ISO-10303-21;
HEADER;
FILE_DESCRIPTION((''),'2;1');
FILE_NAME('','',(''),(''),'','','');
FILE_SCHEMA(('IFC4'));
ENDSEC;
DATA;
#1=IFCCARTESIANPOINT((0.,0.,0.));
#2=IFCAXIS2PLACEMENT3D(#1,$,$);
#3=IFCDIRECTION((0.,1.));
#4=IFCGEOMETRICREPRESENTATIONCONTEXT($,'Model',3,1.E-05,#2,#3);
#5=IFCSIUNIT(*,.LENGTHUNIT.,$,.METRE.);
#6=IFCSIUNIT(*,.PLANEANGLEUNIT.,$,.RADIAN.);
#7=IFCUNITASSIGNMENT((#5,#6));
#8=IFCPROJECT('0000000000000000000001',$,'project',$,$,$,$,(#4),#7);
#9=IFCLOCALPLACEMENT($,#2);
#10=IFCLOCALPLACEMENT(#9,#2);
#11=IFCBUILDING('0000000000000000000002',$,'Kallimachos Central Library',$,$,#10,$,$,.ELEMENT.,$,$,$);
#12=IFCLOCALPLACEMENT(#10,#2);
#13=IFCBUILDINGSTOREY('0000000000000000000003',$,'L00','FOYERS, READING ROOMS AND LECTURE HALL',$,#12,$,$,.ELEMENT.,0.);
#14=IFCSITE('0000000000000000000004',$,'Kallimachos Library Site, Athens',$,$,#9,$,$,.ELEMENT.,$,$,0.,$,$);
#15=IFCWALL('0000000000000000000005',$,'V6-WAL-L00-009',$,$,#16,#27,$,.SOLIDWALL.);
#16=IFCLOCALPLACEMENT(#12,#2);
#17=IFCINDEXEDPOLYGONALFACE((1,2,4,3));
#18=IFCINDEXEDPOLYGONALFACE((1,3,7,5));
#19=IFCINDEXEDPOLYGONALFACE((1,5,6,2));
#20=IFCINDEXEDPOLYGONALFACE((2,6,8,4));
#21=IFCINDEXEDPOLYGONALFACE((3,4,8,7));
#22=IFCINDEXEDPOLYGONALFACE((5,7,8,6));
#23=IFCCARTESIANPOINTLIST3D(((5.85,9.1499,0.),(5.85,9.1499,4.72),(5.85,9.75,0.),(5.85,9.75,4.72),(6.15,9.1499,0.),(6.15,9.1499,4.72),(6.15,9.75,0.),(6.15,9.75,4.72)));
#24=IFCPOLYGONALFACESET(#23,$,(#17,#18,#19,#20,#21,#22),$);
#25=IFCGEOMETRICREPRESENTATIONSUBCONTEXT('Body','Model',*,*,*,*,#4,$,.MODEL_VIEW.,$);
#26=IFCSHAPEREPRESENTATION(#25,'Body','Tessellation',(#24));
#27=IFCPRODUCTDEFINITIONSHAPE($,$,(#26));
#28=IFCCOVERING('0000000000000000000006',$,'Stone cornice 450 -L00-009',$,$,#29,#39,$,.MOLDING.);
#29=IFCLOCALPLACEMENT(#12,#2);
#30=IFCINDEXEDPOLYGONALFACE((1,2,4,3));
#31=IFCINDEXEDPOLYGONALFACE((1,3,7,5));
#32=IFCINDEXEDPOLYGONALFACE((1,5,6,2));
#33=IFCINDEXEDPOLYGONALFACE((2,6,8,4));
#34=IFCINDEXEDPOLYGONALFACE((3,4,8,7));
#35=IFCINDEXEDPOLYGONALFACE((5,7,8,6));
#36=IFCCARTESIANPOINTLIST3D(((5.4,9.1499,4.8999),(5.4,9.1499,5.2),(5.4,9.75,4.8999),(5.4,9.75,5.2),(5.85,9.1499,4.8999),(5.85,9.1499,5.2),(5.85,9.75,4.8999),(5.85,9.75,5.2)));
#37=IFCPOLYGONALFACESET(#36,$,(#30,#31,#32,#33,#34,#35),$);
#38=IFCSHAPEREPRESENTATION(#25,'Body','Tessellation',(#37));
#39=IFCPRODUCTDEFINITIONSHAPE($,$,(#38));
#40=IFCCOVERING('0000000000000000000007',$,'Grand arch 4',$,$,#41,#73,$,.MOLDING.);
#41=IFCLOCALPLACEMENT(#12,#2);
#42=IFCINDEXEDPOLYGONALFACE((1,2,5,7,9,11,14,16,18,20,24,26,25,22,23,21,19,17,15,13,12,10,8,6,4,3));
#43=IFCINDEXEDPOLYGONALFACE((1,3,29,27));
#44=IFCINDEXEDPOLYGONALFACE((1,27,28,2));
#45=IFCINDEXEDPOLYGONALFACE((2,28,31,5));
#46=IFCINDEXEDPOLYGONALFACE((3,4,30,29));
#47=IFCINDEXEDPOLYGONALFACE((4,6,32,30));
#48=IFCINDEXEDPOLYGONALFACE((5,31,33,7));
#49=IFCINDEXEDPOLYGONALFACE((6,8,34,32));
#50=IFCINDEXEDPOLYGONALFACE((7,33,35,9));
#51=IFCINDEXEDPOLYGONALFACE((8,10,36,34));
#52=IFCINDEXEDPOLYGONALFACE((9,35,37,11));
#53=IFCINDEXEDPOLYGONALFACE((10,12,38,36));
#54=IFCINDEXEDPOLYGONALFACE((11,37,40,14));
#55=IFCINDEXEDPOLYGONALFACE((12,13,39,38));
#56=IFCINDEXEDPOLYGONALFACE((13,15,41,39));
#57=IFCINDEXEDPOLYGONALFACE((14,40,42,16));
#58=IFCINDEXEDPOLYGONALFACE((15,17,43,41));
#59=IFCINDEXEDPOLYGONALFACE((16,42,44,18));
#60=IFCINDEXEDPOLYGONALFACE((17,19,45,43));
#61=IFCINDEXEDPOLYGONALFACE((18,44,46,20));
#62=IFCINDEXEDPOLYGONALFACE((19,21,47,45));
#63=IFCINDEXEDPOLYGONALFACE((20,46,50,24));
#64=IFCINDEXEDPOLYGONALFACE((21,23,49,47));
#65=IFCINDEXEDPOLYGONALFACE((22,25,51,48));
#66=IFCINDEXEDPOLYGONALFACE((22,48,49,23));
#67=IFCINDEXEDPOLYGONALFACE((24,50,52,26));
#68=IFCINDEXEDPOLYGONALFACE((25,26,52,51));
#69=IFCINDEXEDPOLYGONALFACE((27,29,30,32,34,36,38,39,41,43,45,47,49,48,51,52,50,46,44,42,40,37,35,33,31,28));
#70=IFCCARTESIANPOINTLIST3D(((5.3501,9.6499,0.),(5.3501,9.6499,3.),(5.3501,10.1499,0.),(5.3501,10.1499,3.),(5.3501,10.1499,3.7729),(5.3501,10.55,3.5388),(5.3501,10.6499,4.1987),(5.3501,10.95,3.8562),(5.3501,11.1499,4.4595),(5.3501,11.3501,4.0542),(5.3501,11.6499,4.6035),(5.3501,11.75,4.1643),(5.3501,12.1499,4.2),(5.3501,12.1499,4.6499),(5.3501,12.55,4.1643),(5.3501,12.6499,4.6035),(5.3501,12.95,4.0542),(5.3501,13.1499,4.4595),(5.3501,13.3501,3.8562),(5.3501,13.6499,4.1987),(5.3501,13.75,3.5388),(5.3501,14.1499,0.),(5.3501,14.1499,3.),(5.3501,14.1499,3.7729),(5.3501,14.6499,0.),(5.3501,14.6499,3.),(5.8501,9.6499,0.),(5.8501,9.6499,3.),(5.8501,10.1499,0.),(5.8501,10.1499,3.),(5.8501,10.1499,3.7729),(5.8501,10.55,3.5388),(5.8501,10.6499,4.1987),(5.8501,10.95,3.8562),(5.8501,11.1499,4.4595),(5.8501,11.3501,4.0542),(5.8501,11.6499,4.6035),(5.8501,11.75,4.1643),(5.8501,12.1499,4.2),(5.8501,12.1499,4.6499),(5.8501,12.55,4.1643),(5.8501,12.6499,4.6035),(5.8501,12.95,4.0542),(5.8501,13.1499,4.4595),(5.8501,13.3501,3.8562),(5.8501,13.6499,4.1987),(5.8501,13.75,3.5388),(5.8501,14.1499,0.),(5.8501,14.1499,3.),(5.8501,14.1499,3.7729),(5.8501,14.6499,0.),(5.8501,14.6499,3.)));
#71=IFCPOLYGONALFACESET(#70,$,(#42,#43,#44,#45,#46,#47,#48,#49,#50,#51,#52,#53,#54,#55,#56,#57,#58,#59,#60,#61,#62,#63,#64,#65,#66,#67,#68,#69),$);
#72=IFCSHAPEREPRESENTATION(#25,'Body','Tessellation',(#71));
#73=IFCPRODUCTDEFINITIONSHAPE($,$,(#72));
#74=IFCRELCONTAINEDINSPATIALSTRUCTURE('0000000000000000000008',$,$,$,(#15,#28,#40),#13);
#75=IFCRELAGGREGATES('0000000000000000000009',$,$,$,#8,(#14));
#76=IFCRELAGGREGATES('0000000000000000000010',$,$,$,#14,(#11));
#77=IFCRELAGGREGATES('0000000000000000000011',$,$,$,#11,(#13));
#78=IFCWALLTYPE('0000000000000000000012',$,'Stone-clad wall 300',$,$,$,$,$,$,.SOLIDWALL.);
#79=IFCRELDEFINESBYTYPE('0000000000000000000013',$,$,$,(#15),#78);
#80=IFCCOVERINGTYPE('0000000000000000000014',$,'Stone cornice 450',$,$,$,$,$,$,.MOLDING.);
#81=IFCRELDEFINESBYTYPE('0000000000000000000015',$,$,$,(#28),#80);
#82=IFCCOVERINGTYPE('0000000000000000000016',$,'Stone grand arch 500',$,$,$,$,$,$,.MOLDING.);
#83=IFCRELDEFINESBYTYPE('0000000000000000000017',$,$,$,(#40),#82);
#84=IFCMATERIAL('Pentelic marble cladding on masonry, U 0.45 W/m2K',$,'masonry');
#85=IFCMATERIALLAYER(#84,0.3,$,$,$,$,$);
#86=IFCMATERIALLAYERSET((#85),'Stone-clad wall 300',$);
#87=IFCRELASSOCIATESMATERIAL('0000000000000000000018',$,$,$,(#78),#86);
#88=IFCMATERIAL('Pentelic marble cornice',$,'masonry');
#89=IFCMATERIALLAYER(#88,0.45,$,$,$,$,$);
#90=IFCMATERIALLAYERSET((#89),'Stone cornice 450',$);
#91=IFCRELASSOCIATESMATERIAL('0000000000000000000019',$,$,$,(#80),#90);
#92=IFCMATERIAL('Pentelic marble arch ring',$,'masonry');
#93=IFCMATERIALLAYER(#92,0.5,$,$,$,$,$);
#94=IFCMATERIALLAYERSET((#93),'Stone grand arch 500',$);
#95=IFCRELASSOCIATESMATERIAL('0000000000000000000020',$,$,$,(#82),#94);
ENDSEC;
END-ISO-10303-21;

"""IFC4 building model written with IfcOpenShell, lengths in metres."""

from ifc_helpers import new_model, si_unit, direction, frame, frame_2d, origin, origin_2d, place, context, subcontext, project, spatial, polyline, rectangle, outline, extrude, material, layer, layer_set, type_object, element, save


model = new_model("IFC4")

# Units and contexts
model_context = context("Model", 3, precision=1e-05, world=origin(), true_north=direction((0.0, 1.0)))
body_context = subcontext(model_context, "Body", "Model", "MODEL_VIEW")
ifc_project = project(units=[si_unit("LENGTHUNIT", "METRE"), si_unit("PLANEANGLEUNIT", "RADIAN")], contexts=[model_context])

# Site, building, storey
site_placement = place(None, origin())
site = spatial("IfcSite", under=ifc_project, at=site_placement, Name="Kallimachos Library Site, Athens", CompositionType="ELEMENT", RefElevation=0.0)
building_placement = place(site_placement, origin())
building = spatial("IfcBuilding", under=site, at=building_placement, Name="Kallimachos Central Library", CompositionType="ELEMENT")
storey_placement = place(building_placement, origin())
storey = spatial("IfcBuildingStorey", under=building, at=storey_placement, Name="L00", Description="FOYERS, READING ROOMS AND LECTURE HALL", CompositionType="ELEMENT", Elevation=0.0)

# Shared definitions
ifc_material_1 = material(Name="Pentelic marble cladding on masonry, U 0.45 W/m2K", Category="masonry")
ifc_layer_1 = layer(ifc_material_1, 0.3)
ifc_layer_set_1 = layer_set([ifc_layer_1], Name="Stone-clad wall 300")
wall_type = type_object("IfcWallType", Name="Stone-clad wall 300", PredefinedType="SOLIDWALL", material=ifc_layer_set_1)

# Wall
wall_1_placement = place(storey_placement, frame((6.0, 9.1499, 0.0), z_axis=(0.0, 0.0, 1.0), x_axis=(0.0, 1.0, 0.0)))
element("IfcWall", 1, at=wall_1_placement, inside=storey, type_object=wall_type, Name="V6-WAL-L00-009", PredefinedType="SOLIDWALL", context=body_context, shape_type="SweptSolid", body=[
    extrude(rectangle(XDim=0.6001, YDim=0.3, at=frame_2d((0.3, 0.0))), origin(), (0.0, 0.0, 1.0), 4.72),
])

# Coverings
ifc_material_2 = material(Name="Pentelic marble cornice", Category="masonry")
ifc_layer_2 = layer(ifc_material_2, 0.45)
ifc_layer_set_2 = layer_set([ifc_layer_2], Name="Stone cornice 450")
covering_type_1 = type_object("IfcCoveringType", Name="Stone cornice 450", PredefinedType="MOLDING", material=ifc_layer_set_2)
covering_1_placement = place(storey_placement, frame((5.625, 9.45, 4.8999), z_axis=(0.0, 0.0, 1.0), x_axis=(1.0, 0.0, 0.0)))
element("IfcCovering", 2, at=covering_1_placement, inside=storey, type_object=covering_type_1, Name="Stone cornice 450 -L00-009", PredefinedType="MOLDING", context=body_context, shape_type="SweptSolid", body=[
    extrude(rectangle(XDim=0.45, YDim=0.6001, at=origin_2d()), origin(), (0.0, 0.0, 1.0), 0.3),
])
ifc_material_3 = material(Name="Pentelic marble arch ring", Category="masonry")
ifc_layer_3 = layer(ifc_material_3, 0.5)
ifc_layer_set_3 = layer_set([ifc_layer_3], Name="Stone grand arch 500")
covering_type_2 = type_object("IfcCoveringType", Name="Stone grand arch 500", PredefinedType="MOLDING", material=ifc_layer_set_3)
covering_2_placement = place(storey_placement, frame((5.3501, 9.6499, 0.0), z_axis=(-1.0, 0.0, 0.0), x_axis=(0.0, 0.0, 1.0)))
element("IfcCovering", 3, at=covering_2_placement, inside=storey, type_object=covering_type_2, Name="Grand arch 4", PredefinedType="MOLDING", context=body_context, shape_type="SweptSolid", body=[
    extrude(outline(polyline([(0.0, 0.0), (3.0, 0.0), (3.7729, 0.5), (4.1987, 1.0), (4.4595, 1.5), (4.6035, 2.0), (4.6499, 2.5), (4.6035, 3.0), (4.4595, 3.5), (4.1987, 4.0), (3.7729, 4.5), (3.0, 5.0), (0.0, 5.0), (0.0, 4.5), (3.0, 4.5), (3.5388, 4.1001), (3.8562, 3.7002), (4.0542, 3.3), (4.1643, 2.9001), (4.2, 2.5), (4.1643, 2.1001), (4.0542, 1.7002), (3.8562, 1.3), (3.5388, 0.9001), (3.0, 0.5), (0.0, 0.5), (0.0, 0.0)])), origin(), (0.0, 0.0, -1.0), 0.5),
])

save(model, "model.ifc")
